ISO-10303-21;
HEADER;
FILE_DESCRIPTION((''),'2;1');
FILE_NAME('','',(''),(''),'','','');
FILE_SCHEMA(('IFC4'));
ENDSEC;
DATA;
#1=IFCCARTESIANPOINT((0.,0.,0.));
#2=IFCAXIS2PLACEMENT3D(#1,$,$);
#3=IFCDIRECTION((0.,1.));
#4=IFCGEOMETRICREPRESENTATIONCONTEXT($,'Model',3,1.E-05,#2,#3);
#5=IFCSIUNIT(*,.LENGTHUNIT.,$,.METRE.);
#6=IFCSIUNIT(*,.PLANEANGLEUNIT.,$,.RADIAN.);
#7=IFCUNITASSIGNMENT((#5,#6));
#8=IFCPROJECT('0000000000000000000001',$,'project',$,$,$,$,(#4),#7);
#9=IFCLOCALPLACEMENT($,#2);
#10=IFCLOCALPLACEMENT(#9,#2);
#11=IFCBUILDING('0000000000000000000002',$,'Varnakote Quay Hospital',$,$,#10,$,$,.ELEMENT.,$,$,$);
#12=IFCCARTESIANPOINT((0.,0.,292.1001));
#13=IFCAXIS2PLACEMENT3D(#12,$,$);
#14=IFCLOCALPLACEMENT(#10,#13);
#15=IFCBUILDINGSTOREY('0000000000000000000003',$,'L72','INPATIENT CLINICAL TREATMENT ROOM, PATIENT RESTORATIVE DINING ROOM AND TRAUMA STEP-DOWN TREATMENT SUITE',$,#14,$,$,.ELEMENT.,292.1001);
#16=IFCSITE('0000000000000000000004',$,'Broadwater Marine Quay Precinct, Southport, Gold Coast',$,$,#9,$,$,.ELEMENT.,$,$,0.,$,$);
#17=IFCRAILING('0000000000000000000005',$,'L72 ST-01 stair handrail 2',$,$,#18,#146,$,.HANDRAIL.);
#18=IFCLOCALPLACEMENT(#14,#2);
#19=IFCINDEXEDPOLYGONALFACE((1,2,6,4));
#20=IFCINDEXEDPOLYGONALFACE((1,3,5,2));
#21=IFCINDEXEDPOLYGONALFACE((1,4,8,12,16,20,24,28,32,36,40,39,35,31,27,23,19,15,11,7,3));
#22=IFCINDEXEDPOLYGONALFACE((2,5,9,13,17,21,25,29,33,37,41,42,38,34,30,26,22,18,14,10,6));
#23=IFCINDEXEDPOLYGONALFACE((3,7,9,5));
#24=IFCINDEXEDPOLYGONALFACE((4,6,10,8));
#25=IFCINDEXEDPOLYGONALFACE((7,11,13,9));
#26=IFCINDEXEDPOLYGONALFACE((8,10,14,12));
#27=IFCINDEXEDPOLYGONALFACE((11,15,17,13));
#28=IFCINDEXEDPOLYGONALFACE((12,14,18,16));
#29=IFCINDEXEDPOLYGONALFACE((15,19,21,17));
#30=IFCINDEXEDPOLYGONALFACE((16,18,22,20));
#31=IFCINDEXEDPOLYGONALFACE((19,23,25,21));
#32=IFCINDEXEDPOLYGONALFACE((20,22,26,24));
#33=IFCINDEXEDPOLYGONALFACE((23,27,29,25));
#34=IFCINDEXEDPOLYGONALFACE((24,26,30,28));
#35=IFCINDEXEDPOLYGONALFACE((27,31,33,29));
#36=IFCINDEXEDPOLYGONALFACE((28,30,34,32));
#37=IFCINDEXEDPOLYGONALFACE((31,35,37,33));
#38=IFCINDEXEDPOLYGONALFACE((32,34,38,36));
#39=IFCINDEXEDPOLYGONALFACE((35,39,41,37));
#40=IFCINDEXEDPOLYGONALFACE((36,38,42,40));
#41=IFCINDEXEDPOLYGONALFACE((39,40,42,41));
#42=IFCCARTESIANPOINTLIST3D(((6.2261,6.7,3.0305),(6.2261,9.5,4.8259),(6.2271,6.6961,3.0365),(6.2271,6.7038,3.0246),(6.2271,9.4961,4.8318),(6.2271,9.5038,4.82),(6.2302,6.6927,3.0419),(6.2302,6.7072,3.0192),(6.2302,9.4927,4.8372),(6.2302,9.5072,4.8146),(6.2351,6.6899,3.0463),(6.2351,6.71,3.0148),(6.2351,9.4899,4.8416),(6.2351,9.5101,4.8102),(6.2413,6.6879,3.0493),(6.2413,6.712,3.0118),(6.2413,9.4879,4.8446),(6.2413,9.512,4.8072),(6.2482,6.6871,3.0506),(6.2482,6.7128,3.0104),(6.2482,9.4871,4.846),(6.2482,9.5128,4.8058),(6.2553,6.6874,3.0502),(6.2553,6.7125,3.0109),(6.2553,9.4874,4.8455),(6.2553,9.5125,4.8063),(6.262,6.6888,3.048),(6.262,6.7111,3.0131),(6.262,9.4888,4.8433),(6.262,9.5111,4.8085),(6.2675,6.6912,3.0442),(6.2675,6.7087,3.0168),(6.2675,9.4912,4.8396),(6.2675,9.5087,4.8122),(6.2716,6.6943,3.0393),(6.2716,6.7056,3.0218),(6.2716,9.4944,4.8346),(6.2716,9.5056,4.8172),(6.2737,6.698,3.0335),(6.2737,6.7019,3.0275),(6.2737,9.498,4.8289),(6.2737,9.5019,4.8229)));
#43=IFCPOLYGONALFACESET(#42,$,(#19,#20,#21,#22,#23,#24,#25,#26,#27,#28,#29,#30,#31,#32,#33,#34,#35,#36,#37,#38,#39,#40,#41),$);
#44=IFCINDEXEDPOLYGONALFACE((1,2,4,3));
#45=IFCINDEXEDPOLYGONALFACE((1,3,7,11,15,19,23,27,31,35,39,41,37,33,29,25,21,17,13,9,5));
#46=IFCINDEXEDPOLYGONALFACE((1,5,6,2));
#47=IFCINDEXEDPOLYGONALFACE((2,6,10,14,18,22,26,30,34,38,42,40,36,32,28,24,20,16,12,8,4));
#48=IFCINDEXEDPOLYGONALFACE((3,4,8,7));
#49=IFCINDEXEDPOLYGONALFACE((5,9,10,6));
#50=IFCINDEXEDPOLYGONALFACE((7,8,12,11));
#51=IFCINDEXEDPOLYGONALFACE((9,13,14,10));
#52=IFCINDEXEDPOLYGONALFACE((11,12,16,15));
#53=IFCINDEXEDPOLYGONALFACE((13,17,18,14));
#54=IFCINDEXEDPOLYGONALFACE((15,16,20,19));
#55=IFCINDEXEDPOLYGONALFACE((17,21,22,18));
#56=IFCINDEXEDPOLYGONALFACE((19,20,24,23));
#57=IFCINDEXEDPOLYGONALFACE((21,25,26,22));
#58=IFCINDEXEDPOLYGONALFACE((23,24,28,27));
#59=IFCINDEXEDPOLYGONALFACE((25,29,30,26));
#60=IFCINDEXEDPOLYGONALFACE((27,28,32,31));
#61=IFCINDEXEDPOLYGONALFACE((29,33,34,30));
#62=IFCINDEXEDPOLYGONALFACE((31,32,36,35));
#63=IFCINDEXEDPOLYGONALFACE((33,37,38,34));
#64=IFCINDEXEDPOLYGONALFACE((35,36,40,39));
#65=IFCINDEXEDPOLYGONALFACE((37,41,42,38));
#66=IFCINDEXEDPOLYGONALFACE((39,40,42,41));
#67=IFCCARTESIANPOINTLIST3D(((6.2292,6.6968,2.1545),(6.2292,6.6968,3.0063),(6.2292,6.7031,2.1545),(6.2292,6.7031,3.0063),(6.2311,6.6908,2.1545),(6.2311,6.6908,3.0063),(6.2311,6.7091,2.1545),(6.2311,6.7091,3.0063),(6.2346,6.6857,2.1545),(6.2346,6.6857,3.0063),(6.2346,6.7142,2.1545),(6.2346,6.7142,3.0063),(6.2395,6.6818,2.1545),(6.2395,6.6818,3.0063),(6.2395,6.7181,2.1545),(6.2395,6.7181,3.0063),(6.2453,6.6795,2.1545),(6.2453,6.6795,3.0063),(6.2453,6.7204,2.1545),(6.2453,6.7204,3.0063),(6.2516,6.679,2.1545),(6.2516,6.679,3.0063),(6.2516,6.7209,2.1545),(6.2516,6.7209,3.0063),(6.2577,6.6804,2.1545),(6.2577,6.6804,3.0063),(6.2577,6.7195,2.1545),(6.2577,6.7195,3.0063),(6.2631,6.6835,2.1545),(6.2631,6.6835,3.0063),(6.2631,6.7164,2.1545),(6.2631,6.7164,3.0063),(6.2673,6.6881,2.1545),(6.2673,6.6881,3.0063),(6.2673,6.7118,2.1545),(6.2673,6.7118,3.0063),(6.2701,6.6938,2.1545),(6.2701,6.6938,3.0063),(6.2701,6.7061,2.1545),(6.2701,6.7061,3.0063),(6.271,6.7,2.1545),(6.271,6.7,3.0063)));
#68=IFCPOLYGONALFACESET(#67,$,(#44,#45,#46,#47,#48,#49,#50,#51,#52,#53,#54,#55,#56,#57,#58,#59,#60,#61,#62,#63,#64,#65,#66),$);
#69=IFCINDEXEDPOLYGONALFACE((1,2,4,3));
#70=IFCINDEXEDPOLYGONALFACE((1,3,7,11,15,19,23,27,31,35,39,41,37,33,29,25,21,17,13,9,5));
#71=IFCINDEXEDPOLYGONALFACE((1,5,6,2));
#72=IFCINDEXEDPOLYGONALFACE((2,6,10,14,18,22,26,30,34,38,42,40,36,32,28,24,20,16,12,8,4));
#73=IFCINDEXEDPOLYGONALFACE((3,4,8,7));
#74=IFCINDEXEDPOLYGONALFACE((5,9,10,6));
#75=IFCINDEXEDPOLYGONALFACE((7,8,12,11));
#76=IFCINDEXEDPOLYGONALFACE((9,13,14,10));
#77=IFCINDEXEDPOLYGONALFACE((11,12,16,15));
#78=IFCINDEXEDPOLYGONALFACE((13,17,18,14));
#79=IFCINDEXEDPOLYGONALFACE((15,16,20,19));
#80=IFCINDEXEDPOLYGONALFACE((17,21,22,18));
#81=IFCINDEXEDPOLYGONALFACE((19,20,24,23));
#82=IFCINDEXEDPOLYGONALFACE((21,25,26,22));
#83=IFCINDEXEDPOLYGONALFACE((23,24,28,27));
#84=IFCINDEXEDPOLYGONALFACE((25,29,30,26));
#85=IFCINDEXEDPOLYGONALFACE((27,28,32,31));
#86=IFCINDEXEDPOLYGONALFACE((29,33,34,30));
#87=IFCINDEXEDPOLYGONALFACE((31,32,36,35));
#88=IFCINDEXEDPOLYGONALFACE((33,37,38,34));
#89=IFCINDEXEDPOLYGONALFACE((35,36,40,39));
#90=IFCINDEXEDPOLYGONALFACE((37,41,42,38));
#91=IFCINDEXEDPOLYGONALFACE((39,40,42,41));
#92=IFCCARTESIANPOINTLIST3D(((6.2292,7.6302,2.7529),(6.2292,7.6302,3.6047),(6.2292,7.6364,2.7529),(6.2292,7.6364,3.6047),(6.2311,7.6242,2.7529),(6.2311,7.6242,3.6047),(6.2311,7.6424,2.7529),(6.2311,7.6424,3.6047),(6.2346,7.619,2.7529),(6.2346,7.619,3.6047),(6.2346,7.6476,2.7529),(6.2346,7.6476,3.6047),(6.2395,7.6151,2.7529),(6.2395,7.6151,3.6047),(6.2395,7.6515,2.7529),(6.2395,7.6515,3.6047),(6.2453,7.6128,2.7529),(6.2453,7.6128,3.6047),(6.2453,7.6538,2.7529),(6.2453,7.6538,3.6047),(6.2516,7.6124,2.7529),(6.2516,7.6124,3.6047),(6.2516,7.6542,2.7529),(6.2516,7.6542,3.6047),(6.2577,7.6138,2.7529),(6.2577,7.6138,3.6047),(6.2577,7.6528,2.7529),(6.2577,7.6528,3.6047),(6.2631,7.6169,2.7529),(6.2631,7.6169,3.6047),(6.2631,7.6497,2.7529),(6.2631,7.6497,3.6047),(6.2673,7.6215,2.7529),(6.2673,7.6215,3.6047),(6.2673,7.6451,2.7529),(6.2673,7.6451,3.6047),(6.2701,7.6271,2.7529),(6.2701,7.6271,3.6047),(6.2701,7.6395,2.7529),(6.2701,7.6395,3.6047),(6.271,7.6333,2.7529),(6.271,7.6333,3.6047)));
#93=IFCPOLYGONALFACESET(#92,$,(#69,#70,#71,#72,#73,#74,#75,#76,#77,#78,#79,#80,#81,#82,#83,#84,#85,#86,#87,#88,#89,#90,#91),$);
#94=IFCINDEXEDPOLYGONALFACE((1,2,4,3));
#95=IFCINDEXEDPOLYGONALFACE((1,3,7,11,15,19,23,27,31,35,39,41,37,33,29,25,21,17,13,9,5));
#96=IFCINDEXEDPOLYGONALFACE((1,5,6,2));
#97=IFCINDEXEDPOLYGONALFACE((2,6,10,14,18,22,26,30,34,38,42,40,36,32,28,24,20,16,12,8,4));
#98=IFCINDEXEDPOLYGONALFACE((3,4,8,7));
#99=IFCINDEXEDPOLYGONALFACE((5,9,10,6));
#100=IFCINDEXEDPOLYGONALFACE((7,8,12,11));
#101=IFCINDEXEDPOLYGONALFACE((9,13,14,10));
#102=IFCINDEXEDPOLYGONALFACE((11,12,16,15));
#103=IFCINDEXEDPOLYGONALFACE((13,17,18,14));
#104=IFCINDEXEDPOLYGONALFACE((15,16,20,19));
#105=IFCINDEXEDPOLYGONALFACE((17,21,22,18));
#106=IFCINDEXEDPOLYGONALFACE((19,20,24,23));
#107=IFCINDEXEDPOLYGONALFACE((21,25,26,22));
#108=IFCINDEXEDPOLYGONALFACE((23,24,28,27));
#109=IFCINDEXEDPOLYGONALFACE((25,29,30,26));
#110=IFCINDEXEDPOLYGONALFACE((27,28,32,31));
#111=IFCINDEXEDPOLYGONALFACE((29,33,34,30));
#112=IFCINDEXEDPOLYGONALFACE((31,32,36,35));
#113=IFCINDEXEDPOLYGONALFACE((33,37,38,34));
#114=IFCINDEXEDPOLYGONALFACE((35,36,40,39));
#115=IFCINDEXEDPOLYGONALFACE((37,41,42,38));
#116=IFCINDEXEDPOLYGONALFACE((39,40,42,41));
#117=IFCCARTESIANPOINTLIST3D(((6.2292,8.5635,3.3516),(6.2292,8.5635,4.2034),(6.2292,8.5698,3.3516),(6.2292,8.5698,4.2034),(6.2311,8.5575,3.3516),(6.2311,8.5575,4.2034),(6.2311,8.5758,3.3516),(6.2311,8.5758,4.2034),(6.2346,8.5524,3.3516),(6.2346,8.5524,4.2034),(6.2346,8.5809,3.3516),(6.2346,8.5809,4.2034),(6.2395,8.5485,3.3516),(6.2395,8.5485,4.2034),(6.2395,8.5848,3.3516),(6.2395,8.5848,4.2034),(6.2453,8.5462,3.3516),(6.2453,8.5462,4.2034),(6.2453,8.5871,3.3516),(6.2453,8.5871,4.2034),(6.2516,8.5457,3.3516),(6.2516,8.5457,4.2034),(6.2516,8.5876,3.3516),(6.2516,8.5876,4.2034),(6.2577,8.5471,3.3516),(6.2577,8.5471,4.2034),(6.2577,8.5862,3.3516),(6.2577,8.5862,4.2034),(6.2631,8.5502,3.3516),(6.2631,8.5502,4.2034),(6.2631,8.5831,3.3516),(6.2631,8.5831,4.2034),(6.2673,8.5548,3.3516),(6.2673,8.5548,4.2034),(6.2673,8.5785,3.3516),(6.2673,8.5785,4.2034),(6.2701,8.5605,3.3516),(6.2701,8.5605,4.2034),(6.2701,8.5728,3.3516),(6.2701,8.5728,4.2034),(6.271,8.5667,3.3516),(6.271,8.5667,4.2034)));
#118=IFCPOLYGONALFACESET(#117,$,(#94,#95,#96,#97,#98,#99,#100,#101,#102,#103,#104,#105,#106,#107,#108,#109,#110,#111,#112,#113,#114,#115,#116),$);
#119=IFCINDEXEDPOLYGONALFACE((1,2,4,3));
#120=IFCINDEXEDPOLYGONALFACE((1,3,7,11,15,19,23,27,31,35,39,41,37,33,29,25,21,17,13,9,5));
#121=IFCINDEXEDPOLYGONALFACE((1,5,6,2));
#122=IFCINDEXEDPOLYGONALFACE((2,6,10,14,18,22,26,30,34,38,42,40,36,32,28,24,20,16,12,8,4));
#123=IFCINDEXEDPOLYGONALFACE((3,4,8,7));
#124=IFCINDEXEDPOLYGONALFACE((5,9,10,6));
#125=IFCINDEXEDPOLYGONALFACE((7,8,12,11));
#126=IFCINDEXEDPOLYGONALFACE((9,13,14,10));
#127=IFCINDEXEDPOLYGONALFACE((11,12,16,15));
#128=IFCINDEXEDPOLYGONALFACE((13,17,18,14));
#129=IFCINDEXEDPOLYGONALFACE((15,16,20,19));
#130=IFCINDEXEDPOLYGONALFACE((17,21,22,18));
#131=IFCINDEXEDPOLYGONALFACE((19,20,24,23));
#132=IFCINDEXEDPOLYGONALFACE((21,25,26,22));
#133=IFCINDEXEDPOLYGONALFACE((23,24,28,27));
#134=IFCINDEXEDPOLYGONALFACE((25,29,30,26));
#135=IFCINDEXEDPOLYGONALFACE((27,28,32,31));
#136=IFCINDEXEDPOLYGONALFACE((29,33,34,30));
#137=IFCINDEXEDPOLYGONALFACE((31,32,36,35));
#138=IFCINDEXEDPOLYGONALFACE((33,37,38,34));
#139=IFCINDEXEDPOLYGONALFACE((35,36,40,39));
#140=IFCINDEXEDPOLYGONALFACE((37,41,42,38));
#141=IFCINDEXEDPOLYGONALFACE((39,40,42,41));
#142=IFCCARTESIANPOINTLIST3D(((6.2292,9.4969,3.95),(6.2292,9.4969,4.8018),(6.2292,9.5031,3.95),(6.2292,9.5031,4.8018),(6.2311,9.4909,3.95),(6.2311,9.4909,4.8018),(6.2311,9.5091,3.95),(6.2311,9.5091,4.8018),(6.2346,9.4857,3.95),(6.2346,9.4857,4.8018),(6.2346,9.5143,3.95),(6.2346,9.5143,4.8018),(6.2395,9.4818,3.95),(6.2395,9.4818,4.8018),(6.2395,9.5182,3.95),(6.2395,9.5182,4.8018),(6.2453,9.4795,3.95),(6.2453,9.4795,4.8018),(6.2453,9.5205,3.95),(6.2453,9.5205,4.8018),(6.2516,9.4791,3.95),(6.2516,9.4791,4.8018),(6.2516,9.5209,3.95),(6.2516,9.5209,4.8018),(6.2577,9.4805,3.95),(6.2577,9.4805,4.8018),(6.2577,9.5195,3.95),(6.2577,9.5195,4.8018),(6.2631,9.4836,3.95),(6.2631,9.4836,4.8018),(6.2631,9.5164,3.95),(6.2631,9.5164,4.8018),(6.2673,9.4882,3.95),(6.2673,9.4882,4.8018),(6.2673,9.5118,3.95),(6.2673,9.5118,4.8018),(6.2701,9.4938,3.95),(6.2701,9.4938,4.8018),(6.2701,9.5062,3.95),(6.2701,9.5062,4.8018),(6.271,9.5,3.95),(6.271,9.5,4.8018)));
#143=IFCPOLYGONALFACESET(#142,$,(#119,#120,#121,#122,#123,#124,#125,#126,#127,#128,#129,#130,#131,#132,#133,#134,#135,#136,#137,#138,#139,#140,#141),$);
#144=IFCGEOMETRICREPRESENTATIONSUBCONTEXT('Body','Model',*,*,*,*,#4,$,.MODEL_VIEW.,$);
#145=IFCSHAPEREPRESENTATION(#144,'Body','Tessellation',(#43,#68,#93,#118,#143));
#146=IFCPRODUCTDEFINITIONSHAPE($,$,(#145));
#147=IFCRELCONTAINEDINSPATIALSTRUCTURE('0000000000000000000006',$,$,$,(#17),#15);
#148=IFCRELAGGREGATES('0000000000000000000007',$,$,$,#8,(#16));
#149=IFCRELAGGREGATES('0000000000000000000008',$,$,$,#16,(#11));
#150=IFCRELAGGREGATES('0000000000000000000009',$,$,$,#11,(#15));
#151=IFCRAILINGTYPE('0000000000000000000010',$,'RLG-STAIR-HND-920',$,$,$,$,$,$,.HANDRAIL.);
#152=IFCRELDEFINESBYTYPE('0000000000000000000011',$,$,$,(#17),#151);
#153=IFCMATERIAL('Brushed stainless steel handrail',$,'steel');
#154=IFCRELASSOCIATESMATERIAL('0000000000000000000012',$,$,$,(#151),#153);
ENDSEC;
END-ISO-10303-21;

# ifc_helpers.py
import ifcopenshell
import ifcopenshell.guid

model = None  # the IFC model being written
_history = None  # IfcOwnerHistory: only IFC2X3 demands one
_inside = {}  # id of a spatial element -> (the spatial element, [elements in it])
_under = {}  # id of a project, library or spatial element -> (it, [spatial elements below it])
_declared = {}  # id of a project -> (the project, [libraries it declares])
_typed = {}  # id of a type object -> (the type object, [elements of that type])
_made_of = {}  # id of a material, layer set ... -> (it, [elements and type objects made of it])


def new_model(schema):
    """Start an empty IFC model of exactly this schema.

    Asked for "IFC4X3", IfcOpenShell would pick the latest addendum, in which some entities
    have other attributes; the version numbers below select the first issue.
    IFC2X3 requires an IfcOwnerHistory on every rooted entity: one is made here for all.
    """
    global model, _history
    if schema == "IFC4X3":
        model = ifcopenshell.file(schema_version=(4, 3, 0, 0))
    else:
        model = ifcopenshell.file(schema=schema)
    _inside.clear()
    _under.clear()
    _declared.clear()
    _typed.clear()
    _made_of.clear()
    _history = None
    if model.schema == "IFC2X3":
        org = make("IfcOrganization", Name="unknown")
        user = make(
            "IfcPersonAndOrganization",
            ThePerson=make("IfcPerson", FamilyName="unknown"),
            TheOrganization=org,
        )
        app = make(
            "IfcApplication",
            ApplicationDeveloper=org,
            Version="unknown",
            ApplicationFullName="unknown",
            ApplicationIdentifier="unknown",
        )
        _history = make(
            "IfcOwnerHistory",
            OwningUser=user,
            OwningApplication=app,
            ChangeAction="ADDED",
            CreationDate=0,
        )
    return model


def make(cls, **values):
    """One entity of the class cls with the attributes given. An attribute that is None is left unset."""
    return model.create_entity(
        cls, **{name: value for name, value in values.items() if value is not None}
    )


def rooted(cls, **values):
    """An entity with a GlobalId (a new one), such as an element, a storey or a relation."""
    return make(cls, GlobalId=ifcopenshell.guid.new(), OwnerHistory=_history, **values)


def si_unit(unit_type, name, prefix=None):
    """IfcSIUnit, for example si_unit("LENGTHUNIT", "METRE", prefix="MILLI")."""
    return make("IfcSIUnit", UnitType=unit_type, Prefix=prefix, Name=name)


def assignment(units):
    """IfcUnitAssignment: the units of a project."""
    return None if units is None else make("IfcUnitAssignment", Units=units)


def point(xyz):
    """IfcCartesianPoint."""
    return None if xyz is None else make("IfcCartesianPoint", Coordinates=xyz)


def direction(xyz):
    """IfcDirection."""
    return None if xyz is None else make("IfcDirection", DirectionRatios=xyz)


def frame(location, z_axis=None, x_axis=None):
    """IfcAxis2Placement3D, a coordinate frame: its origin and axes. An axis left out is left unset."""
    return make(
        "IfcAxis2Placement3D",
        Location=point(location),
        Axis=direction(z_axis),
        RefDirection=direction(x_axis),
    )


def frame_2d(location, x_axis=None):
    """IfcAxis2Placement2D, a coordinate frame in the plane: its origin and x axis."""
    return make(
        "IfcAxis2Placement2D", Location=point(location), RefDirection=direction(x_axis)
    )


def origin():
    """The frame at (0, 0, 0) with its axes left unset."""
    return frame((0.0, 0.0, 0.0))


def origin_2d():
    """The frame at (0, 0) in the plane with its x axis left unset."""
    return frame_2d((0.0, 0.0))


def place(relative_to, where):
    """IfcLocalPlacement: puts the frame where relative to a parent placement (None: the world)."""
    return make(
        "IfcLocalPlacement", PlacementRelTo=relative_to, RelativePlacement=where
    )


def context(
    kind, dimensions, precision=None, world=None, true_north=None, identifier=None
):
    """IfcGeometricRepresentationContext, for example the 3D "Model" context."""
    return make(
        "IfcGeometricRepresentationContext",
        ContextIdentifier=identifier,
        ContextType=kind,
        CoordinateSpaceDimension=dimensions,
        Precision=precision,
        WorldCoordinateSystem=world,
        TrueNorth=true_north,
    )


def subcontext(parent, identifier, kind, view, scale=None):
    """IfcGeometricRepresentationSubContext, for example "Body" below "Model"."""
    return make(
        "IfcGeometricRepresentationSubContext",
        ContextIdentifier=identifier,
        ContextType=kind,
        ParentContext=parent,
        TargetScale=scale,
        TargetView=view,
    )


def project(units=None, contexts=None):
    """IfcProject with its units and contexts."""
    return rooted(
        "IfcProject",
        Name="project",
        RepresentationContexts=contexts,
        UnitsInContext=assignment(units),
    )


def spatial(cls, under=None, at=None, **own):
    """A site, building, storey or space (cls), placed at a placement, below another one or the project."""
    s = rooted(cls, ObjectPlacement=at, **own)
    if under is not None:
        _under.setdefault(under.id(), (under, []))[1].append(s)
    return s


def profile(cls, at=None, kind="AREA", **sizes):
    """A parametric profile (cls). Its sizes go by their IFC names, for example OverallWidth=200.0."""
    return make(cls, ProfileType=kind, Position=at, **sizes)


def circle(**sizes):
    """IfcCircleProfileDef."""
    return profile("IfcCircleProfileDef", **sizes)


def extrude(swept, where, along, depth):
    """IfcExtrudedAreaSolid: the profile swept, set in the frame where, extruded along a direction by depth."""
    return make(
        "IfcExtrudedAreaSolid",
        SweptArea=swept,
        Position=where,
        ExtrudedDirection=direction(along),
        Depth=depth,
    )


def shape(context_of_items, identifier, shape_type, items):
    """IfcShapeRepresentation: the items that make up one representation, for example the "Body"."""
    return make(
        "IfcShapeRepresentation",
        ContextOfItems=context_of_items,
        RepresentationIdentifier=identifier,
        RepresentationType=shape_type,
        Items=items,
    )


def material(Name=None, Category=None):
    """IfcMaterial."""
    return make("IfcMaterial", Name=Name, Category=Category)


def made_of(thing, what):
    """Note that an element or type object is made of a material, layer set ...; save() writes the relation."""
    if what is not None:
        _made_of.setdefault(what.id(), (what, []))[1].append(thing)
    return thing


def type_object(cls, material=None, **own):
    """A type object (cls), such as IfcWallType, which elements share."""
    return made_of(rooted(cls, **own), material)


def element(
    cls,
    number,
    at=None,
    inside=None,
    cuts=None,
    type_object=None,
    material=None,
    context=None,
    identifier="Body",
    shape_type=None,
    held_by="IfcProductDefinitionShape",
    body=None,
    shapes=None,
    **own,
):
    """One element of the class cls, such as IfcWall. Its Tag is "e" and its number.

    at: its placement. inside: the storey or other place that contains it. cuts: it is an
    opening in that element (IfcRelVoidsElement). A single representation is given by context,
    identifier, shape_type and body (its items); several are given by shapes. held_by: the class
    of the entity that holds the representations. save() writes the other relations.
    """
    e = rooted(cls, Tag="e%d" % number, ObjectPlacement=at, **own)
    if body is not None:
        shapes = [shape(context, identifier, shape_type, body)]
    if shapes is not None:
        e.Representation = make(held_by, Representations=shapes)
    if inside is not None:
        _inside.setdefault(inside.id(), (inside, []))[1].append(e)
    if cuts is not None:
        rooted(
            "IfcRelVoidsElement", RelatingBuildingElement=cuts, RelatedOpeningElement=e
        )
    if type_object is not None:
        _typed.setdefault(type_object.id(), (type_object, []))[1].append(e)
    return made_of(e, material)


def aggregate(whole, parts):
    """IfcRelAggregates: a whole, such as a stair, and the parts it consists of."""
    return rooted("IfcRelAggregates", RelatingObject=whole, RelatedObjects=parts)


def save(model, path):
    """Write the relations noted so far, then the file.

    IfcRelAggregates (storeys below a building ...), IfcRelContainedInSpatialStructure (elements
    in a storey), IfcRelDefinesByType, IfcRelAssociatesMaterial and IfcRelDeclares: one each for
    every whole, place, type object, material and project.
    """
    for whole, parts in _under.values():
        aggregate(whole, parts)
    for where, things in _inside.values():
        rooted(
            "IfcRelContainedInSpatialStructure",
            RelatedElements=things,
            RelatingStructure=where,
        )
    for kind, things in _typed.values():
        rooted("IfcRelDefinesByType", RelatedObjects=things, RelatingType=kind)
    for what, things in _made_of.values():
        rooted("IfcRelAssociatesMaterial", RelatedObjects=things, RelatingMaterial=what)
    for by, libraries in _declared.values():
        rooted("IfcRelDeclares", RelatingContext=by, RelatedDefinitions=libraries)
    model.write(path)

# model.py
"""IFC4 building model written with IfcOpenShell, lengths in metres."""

from ifc_helpers import new_model, si_unit, direction, frame, origin, origin_2d, place, context, subcontext, project, spatial, circle, extrude, material, type_object, element, save


model = new_model("IFC4")

# Units and contexts
model_context = context("Model", 3, precision=1e-05, world=origin(), true_north=direction((0.0, 1.0)))
body_context = subcontext(model_context, "Body", "Model", "MODEL_VIEW")
ifc_project = project(units=[si_unit("LENGTHUNIT", "METRE"), si_unit("PLANEANGLEUNIT", "RADIAN")], contexts=[model_context])

# Site, building, storey
site_placement = place(None, origin())
site = spatial("IfcSite", under=ifc_project, at=site_placement, Name="Broadwater Marine Quay Precinct, Southport, Gold Coast", CompositionType="ELEMENT", RefElevation=0.0)
building_placement = place(site_placement, origin())
building = spatial("IfcBuilding", under=site, at=building_placement, Name="Varnakote Quay Hospital", CompositionType="ELEMENT")
storey_placement = place(building_placement, frame((0.0, 0.0, 292.1001)))
storey = spatial("IfcBuildingStorey", under=building, at=storey_placement, Name="L72", Description="INPATIENT CLINICAL TREATMENT ROOM, PATIENT RESTORATIVE DINING ROOM AND TRAUMA STEP-DOWN TREATMENT SUITE", CompositionType="ELEMENT", Elevation=292.1001)

# Railing
ifc_material_1 = material(Name="Brushed stainless steel handrail", Category="steel")
railing_type_1 = type_object("IfcRailingType", Name="RLG-STAIR-HND-920", PredefinedType="HANDRAIL", material=ifc_material_1)
railing_1_placement = place(storey_placement, frame((6.25, 6.7, 2.1545)))
element("IfcRailing", 1, at=railing_1_placement, inside=storey, type_object=railing_type_1, Name="L72 ST-01 stair handrail 2", PredefinedType="HANDRAIL", context=body_context, shape_type="SweptSolid", body=[
    extrude(circle(Radius=0.0239, at=origin_2d()), frame((0.0, 0.0, 0.876), z_axis=(0.0, 0.84181, 0.539774), x_axis=(-1.0, 0.0, 0.0)), (0.0, 0.0, 1.0), 3.3262),
    extrude(circle(Radius=0.021, at=origin_2d()), origin(), (0.0, 0.0, 1.0), 0.8518),
    extrude(circle(Radius=0.021, at=origin_2d()), frame((0.0, 0.9333, 0.5984)), (0.0, 0.0, 1.0), 0.8518),
    extrude(circle(Radius=0.021, at=origin_2d()), frame((0.0, 1.8667, 1.197)), (0.0, 0.0, 1.0), 0.8518),
    extrude(circle(Radius=0.021, at=origin_2d()), frame((0.0, 2.8, 1.7954)), (0.0, 0.0, 1.0), 0.8518),
])

save(model, "model.ifc")
